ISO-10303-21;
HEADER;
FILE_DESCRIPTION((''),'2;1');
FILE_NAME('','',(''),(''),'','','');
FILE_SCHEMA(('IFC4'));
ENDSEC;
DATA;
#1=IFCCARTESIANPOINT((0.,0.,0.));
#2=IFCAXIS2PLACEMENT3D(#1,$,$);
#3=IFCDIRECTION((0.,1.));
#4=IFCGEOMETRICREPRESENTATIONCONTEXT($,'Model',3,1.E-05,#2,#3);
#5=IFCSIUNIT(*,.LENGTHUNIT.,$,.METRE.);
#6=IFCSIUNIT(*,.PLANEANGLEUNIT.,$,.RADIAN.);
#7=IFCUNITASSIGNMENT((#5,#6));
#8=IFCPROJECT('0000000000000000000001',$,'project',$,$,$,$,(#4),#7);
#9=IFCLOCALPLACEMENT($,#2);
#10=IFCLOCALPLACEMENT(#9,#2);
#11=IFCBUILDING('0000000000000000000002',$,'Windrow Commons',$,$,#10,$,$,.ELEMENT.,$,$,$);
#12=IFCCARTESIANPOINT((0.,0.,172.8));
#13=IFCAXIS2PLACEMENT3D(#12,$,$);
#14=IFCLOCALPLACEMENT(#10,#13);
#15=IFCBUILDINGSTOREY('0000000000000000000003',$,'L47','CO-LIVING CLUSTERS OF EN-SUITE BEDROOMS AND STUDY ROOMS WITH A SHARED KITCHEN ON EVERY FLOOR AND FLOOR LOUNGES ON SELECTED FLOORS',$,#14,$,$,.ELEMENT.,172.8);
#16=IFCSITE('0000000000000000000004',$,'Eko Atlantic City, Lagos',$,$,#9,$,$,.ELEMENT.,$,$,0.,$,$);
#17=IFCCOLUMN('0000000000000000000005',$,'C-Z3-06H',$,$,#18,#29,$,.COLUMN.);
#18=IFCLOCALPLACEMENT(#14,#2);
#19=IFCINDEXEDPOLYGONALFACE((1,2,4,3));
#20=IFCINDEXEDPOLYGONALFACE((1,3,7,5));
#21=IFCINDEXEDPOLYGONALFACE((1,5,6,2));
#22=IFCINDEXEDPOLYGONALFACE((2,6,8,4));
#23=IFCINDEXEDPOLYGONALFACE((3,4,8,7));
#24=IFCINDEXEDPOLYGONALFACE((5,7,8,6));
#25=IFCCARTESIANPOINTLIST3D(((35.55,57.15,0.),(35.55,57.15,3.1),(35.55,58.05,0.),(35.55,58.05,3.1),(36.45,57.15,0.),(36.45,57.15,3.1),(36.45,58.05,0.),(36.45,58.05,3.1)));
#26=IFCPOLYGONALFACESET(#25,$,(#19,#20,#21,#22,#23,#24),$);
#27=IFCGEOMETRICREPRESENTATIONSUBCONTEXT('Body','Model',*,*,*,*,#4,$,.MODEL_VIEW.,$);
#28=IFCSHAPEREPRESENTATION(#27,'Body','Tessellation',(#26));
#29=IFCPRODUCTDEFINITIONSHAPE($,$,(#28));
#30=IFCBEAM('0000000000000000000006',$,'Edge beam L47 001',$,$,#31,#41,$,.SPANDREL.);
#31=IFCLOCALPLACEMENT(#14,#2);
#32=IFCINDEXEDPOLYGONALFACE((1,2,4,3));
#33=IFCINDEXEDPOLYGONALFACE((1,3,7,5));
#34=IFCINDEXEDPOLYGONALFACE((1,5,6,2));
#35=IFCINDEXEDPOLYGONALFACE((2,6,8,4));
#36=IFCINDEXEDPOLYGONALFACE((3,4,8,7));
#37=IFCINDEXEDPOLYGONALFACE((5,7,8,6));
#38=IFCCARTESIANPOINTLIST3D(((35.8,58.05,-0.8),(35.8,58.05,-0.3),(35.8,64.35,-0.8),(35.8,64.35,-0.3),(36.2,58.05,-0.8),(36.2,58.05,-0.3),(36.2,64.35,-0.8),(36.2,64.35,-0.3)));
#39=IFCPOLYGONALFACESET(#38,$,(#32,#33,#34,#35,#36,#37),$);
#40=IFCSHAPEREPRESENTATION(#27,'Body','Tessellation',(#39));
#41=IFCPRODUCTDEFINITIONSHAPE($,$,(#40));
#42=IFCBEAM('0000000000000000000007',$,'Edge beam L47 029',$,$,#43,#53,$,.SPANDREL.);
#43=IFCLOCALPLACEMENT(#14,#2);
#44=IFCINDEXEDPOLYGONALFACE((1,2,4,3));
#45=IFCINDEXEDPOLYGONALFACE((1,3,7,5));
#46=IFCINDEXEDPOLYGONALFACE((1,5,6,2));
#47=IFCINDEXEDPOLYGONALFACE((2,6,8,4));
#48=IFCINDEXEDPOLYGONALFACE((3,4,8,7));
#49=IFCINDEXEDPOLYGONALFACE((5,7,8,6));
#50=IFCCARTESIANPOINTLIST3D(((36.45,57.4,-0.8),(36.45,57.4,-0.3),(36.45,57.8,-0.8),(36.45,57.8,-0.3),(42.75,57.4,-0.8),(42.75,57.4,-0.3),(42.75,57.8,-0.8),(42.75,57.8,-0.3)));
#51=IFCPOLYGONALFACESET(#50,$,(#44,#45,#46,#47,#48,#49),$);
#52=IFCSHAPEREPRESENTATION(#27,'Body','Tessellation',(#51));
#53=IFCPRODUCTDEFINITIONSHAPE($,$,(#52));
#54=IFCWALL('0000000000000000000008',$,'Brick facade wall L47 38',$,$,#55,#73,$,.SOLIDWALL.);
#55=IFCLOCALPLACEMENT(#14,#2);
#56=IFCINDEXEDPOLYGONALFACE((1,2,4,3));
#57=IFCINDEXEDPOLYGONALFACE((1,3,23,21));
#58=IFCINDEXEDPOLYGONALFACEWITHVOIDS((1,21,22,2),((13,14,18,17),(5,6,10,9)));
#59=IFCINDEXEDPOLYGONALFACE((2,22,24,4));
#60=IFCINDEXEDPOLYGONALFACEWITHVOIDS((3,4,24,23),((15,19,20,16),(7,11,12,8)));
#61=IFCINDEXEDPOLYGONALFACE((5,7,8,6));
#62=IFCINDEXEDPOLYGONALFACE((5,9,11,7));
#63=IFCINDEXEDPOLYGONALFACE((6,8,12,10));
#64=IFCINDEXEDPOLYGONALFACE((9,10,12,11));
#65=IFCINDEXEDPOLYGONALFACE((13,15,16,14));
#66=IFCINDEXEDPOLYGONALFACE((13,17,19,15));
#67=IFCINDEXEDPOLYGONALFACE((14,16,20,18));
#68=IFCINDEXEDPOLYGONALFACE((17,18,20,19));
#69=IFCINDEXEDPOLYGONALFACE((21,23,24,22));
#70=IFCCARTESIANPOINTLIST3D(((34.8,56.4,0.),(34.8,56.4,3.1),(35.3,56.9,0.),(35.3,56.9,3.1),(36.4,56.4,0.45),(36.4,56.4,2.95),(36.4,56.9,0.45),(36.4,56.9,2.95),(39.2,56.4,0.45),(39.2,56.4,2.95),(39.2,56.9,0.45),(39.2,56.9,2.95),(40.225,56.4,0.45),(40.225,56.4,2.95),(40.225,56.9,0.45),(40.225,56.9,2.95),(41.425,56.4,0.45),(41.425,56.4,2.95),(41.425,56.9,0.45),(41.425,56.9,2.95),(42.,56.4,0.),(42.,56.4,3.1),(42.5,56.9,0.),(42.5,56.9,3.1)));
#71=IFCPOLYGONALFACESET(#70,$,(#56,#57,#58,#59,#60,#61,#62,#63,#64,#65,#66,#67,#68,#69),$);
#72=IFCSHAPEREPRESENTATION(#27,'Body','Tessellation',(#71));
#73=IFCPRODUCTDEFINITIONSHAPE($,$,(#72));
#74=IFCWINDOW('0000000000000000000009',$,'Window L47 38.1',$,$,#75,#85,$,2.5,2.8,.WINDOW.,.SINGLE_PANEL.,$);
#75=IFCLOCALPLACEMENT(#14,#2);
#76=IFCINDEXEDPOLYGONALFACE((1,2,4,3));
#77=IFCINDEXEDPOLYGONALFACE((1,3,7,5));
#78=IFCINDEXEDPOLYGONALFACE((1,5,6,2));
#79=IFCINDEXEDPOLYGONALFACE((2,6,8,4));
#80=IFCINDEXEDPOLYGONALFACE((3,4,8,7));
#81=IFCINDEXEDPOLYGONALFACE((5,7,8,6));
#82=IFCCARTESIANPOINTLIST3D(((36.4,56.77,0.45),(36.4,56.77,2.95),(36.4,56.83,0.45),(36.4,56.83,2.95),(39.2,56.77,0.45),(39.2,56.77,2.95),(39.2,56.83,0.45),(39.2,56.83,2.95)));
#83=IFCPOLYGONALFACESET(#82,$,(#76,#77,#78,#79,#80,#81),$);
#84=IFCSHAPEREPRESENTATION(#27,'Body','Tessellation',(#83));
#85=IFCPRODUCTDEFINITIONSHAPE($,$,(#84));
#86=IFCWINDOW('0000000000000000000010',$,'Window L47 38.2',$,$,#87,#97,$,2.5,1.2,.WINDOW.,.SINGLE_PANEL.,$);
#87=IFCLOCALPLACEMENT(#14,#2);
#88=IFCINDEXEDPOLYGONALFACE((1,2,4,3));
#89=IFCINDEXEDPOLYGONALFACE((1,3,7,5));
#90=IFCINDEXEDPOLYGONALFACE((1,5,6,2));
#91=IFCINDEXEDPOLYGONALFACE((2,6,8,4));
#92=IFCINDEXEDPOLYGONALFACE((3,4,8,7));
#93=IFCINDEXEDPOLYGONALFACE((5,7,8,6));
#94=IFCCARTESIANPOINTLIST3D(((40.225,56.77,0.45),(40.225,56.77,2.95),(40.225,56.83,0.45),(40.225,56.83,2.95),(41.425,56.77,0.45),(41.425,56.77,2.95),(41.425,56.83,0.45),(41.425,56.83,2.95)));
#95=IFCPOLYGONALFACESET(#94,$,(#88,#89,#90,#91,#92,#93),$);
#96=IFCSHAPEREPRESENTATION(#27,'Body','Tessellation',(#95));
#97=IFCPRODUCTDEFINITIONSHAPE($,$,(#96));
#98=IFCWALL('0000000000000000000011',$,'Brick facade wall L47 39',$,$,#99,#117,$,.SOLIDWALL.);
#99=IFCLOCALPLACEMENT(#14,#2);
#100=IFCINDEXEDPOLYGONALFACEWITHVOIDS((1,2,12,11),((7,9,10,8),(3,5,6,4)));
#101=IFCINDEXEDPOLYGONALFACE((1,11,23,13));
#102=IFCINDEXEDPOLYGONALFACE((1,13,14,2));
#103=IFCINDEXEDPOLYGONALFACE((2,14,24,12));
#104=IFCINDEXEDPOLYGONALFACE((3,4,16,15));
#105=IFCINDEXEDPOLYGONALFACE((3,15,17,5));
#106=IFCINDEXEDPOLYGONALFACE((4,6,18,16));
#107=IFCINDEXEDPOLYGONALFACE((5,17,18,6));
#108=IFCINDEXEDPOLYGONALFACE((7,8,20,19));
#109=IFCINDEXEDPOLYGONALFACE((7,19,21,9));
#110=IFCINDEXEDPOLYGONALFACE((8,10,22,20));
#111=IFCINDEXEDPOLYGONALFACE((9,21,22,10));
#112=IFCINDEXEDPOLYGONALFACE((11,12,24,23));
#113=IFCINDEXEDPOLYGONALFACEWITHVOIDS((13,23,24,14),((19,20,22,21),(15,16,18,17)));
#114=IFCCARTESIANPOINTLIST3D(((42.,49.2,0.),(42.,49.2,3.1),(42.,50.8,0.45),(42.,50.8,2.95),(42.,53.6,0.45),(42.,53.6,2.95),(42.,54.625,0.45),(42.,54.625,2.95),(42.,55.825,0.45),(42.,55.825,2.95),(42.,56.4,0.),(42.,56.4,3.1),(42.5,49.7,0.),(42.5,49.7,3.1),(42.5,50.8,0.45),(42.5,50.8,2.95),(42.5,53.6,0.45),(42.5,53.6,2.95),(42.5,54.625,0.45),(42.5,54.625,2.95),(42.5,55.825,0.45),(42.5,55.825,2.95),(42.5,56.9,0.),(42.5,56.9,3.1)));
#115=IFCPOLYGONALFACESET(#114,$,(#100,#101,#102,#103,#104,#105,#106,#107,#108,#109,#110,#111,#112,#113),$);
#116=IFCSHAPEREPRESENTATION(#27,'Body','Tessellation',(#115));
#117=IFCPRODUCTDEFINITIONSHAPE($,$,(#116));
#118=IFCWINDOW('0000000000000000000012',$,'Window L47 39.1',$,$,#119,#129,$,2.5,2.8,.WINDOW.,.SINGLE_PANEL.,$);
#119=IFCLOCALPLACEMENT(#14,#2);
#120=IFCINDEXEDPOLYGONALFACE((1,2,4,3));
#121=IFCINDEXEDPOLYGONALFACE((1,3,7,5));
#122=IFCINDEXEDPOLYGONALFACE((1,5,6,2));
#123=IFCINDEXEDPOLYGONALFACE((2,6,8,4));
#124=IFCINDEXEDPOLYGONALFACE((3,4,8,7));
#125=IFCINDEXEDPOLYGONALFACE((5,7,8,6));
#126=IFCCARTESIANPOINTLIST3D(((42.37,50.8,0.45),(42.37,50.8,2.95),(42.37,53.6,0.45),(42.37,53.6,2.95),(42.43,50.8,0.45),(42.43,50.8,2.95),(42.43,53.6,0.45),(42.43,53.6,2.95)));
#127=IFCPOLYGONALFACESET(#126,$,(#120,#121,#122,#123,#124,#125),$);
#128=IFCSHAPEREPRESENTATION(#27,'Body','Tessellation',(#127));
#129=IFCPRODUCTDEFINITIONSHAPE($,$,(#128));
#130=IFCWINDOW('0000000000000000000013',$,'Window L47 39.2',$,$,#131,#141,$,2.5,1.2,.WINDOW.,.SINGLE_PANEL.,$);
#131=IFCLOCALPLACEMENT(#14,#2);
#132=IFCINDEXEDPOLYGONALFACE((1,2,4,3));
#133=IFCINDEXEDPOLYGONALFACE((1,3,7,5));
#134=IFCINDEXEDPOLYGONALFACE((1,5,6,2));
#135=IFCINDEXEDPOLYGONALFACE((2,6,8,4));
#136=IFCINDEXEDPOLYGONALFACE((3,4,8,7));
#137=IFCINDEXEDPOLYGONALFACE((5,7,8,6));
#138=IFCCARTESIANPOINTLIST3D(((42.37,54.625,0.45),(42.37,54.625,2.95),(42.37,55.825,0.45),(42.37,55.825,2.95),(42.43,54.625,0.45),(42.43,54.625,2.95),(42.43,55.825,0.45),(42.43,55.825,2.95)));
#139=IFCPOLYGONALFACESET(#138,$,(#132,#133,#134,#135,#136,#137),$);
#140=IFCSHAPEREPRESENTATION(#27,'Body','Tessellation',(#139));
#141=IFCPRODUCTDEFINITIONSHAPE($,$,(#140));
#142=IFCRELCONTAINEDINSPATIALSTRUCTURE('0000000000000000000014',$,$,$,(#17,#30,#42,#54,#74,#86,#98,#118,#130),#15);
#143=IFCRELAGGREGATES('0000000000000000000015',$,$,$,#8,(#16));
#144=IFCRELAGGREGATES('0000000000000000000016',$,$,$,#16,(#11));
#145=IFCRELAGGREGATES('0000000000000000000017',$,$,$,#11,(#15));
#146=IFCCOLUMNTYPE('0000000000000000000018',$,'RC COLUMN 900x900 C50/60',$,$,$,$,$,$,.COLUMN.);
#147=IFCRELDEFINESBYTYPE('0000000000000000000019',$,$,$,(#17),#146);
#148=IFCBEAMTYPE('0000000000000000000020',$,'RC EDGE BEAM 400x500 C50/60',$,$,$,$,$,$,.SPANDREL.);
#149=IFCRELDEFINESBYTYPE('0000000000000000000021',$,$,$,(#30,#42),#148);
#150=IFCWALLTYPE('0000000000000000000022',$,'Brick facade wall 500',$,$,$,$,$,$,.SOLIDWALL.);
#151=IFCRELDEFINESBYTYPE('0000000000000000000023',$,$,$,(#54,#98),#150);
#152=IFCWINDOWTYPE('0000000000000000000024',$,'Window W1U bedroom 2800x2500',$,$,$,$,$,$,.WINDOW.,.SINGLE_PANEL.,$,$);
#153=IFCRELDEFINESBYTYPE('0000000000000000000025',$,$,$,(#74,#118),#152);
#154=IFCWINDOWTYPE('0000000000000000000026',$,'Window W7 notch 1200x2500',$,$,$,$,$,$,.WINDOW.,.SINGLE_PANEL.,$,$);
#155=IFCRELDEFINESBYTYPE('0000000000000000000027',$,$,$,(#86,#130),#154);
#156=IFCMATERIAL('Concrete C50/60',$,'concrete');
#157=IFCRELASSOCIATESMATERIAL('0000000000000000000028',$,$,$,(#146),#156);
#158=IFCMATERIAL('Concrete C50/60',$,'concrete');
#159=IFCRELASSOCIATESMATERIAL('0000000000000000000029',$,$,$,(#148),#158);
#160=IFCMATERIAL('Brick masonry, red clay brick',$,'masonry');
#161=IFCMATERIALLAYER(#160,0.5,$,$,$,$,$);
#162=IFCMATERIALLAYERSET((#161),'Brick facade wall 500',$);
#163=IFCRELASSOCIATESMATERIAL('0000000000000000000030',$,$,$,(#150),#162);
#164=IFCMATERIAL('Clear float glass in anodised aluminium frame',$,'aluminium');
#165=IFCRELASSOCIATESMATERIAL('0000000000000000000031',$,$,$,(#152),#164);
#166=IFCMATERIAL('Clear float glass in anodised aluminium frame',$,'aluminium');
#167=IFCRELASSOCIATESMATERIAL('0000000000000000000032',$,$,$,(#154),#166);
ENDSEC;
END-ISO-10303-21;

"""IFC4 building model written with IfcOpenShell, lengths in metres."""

from ifc_helpers import new_model, si_unit, direction, frame, frame_2d, origin, origin_2d, place, context, subcontext, project, spatial, polyline, rectangle, outline, extrude, material, layer, layer_set, material_profile, profile_set, type_object, element, fill, save


model = new_model("IFC4")

# Units and contexts
model_context = context("Model", 3, precision=1e-05, world=origin(), true_north=direction((0.0, 1.0)))
body_context = subcontext(model_context, "Body", "Model", "MODEL_VIEW")
ifc_project = project(units=[si_unit("LENGTHUNIT", "METRE"), si_unit("PLANEANGLEUNIT", "RADIAN")], contexts=[model_context])

# Site, building, storey
site_placement = place(None, origin())
site = spatial("IfcSite", under=ifc_project, at=site_placement, Name="Eko Atlantic City, Lagos", CompositionType="ELEMENT", RefElevation=0.0)
building_placement = place(site_placement, origin())
building = spatial("IfcBuilding", under=site, at=building_placement, Name="Windrow Commons", CompositionType="ELEMENT")
storey_placement = place(building_placement, frame((0.0, 0.0, 172.8)))
storey = spatial("IfcBuildingStorey", under=building, at=storey_placement, Name="L47", Description="CO-LIVING CLUSTERS OF EN-SUITE BEDROOMS AND STUDY ROOMS WITH A SHARED KITCHEN ON EVERY FLOOR AND FLOOR LOUNGES ON SELECTED FLOORS", CompositionType="ELEMENT", Elevation=172.8)

# Column
ifc_material_1 = material(Name="Concrete C50/60", Category="concrete")
ifc_material_profile_1 = material_profile(ifc_material_1, rectangle(XDim=0.9, YDim=0.9, at=origin_2d()))
ifc_profile_set_1 = profile_set([ifc_material_profile_1], Name="Concrete C50/60")
column_type = type_object("IfcColumnType", Name="RC COLUMN 900x900 C50/60", PredefinedType="COLUMN", material=ifc_profile_set_1)
column_placement = place(storey_placement, frame((36.0, 57.6, 0.0), z_axis=(0.0, 0.0, 1.0), x_axis=(1.0, 0.0, 0.0)))
element("IfcColumn", 1, at=column_placement, inside=storey, type_object=column_type, Name="C-Z3-06H", PredefinedType="COLUMN", context=body_context, shape_type="SweptSolid", body=[
    extrude(rectangle(XDim=0.9, YDim=0.9, at=origin_2d()), origin(), (0.0, 0.0, 1.0), 3.1),
])

# Beams
ifc_material_2 = material(Name="Concrete C50/60", Category="concrete")
ifc_material_profile_2 = material_profile(ifc_material_2, rectangle(XDim=0.4, YDim=0.5, at=origin_2d()))
ifc_profile_set_2 = profile_set([ifc_material_profile_2], Name="Concrete C50/60")
beam_type = type_object("IfcBeamType", Name="RC EDGE BEAM 400x500 C50/60", PredefinedType="SPANDREL", material=ifc_profile_set_2)
for number, where, z_axis, x_axis, name in (
    (2, (36.0, 58.05, -0.55), (0.0, 1.0, 0.0), (-1.0, 0.0, 0.0), "Edge beam L47 001"),
    (3, (42.75, 57.6, -0.55), (-1.0, 0.0, 0.0), (0.0, -1.0, 0.0), "Edge beam L47 029"),
):
    element("IfcBeam", number, at=place(storey_placement, frame(where, z_axis=z_axis, x_axis=x_axis)), inside=storey, type_object=beam_type, Name=name, PredefinedType="SPANDREL", context=body_context, shape_type="SweptSolid", body=[
        extrude(rectangle(XDim=0.4, YDim=0.5, at=origin_2d()), origin(), (0.0, 0.0, 1.0), 6.3),
    ])

# Walls, openings, windows
ifc_material_3 = material(Name="Brick masonry, red clay brick", Category="masonry")
ifc_layer_1 = layer(ifc_material_3, 0.5)
ifc_layer_set_1 = layer_set([ifc_layer_1], Name="Brick facade wall 500")
wall_type_1 = type_object("IfcWallType", Name="Brick facade wall 500", PredefinedType="SOLIDWALL", material=ifc_layer_set_1)
wall_1_placement = place(storey_placement, frame((35.05, 56.65, 0.0), z_axis=(0.0, 0.0, 1.0), x_axis=(1.0, 0.0, 0.0)))
wall_1 = element("IfcWall", 4, at=wall_1_placement, inside=storey, type_object=wall_type_1, Name="Brick facade wall L47 38", PredefinedType="SOLIDWALL", context=body_context, shape_type="SweptSolid", body=[
    extrude(outline(polyline([(-0.25, -0.25), (6.95, -0.25), (7.45, 0.25), (0.25, 0.25), (-0.25, -0.25)])), origin(), (0.0, 0.0, 1.0), 3.1),
])
opening_1_placement = place(wall_1_placement, frame((1.35, 0.0, 0.45)))
opening_1 = element("IfcOpeningElement", 5, at=opening_1_placement, cuts=wall_1, PredefinedType="OPENING", context=body_context, shape_type="SweptSolid", body=[
    extrude(rectangle(XDim=2.8, YDim=2.5, at=frame_2d((1.4, 1.25))), frame((0.0, 0.26, 0.0), z_axis=(0.0, -1.0, 0.0), x_axis=(1.0, 0.0, 0.0)), (0.0, 0.0, 1.0), 0.52),
])
opening_2_placement = place(wall_1_placement, frame((5.175, 0.0, 0.45)))
opening_2 = element("IfcOpeningElement", 6, at=opening_2_placement, cuts=wall_1, PredefinedType="OPENING", context=body_context, shape_type="SweptSolid", body=[
    extrude(rectangle(XDim=1.2, YDim=2.5, at=frame_2d((0.6, 1.25))), frame((0.0, 0.26, 0.0), z_axis=(0.0, -1.0, 0.0), x_axis=(1.0, 0.0, 0.0)), (0.0, 0.0, 1.0), 0.52),
])
ifc_material_4 = material(Name="Clear float glass in anodised aluminium frame", Category="aluminium")
window_type_1 = type_object("IfcWindowType", Name="Window W1U bedroom 2800x2500", PartitioningType="SINGLE_PANEL", PredefinedType="WINDOW", material=ifc_material_4)
window_1_placement = place(opening_1_placement, origin())
window_1 = element("IfcWindow", 7, at=window_1_placement, inside=storey, type_object=window_type_1, Name="Window L47 38.1", OverallHeight=2.5, OverallWidth=2.8, PartitioningType="SINGLE_PANEL", PredefinedType="WINDOW", context=body_context, shape_type="SweptSolid", body=[
    extrude(rectangle(XDim=2.8, YDim=2.5, at=frame_2d((1.4, 1.25))), frame((0.0, 0.18, 0.0), z_axis=(0.0, -1.0, 0.0), x_axis=(1.0, 0.0, 0.0)), (0.0, 0.0, 1.0), 0.06),
])
fill(opening_1, window_1)
ifc_material_5 = material(Name="Clear float glass in anodised aluminium frame", Category="aluminium")
window_type_2 = type_object("IfcWindowType", Name="Window W7 notch 1200x2500", PartitioningType="SINGLE_PANEL", PredefinedType="WINDOW", material=ifc_material_5)
window_2_placement = place(opening_2_placement, origin())
window_2 = element("IfcWindow", 8, at=window_2_placement, inside=storey, type_object=window_type_2, Name="Window L47 38.2", OverallHeight=2.5, OverallWidth=1.2, PartitioningType="SINGLE_PANEL", PredefinedType="WINDOW", context=body_context, shape_type="SweptSolid", body=[
    extrude(rectangle(XDim=1.2, YDim=2.5, at=frame_2d((0.6, 1.25))), frame((0.0, 0.18, 0.0), z_axis=(0.0, -1.0, 0.0), x_axis=(1.0, 0.0, 0.0)), (0.0, 0.0, 1.0), 0.06),
])
fill(opening_2, window_2)
wall_2_placement = place(storey_placement, frame((42.25, 56.65, 0.0), z_axis=(0.0, 0.0, 1.0), x_axis=(0.0, -1.0, 0.0)))
wall_2 = element("IfcWall", 9, at=wall_2_placement, inside=storey, type_object=wall_type_1, Name="Brick facade wall L47 39", PredefinedType="SOLIDWALL", context=body_context, shape_type="SweptSolid", body=[
    extrude(outline(polyline([(0.25, -0.25), (7.45, -0.25), (6.95, 0.25), (-0.25, 0.25), (0.25, -0.25)])), origin(), (0.0, 0.0, 1.0), 3.1),
])
opening_3_placement = place(wall_2_placement, frame((3.05, 0.0, 0.45)))
opening_3 = element("IfcOpeningElement", 10, at=opening_3_placement, cuts=wall_2, PredefinedType="OPENING", context=body_context, shape_type="SweptSolid", body=[
    extrude(rectangle(XDim=2.8, YDim=2.5, at=frame_2d((1.4, 1.25))), frame((0.0, 0.26, 0.0), z_axis=(0.0, -1.0, 0.0), x_axis=(1.0, 0.0, 0.0)), (0.0, 0.0, 1.0), 0.52),
])
opening_4_placement = place(wall_2_placement, frame((0.825, 0.0, 0.45)))
opening_4 = element("IfcOpeningElement", 11, at=opening_4_placement, cuts=wall_2, PredefinedType="OPENING", context=body_context, shape_type="SweptSolid", body=[
    extrude(rectangle(XDim=1.2, YDim=2.5, at=frame_2d((0.6, 1.25))), frame((0.0, 0.26, 0.0), z_axis=(0.0, -1.0, 0.0), x_axis=(1.0, 0.0, 0.0)), (0.0, 0.0, 1.0), 0.52),
])
window_3_placement = place(opening_3_placement, origin())
window_3 = element("IfcWindow", 12, at=window_3_placement, inside=storey, type_object=window_type_1, Name="Window L47 39.1", OverallHeight=2.5, OverallWidth=2.8, PartitioningType="SINGLE_PANEL", PredefinedType="WINDOW", context=body_context, shape_type="SweptSolid", body=[
    extrude(rectangle(XDim=2.8, YDim=2.5, at=frame_2d((1.4, 1.25))), frame((0.0, 0.18, 0.0), z_axis=(0.0, -1.0, 0.0), x_axis=(1.0, 0.0, 0.0)), (0.0, 0.0, 1.0), 0.06),
])
fill(opening_3, window_3)
window_4_placement = place(opening_4_placement, origin())
window_4 = element("IfcWindow", 13, at=window_4_placement, inside=storey, type_object=window_type_2, Name="Window L47 39.2", OverallHeight=2.5, OverallWidth=1.2, PartitioningType="SINGLE_PANEL", PredefinedType="WINDOW", context=body_context, shape_type="SweptSolid", body=[
    extrude(rectangle(XDim=1.2, YDim=2.5, at=frame_2d((0.6, 1.25))), frame((0.0, 0.18, 0.0), z_axis=(0.0, -1.0, 0.0), x_axis=(1.0, 0.0, 0.0)), (0.0, 0.0, 1.0), 0.06),
])
fill(opening_4, window_4)

save(model, "model.ifc")
